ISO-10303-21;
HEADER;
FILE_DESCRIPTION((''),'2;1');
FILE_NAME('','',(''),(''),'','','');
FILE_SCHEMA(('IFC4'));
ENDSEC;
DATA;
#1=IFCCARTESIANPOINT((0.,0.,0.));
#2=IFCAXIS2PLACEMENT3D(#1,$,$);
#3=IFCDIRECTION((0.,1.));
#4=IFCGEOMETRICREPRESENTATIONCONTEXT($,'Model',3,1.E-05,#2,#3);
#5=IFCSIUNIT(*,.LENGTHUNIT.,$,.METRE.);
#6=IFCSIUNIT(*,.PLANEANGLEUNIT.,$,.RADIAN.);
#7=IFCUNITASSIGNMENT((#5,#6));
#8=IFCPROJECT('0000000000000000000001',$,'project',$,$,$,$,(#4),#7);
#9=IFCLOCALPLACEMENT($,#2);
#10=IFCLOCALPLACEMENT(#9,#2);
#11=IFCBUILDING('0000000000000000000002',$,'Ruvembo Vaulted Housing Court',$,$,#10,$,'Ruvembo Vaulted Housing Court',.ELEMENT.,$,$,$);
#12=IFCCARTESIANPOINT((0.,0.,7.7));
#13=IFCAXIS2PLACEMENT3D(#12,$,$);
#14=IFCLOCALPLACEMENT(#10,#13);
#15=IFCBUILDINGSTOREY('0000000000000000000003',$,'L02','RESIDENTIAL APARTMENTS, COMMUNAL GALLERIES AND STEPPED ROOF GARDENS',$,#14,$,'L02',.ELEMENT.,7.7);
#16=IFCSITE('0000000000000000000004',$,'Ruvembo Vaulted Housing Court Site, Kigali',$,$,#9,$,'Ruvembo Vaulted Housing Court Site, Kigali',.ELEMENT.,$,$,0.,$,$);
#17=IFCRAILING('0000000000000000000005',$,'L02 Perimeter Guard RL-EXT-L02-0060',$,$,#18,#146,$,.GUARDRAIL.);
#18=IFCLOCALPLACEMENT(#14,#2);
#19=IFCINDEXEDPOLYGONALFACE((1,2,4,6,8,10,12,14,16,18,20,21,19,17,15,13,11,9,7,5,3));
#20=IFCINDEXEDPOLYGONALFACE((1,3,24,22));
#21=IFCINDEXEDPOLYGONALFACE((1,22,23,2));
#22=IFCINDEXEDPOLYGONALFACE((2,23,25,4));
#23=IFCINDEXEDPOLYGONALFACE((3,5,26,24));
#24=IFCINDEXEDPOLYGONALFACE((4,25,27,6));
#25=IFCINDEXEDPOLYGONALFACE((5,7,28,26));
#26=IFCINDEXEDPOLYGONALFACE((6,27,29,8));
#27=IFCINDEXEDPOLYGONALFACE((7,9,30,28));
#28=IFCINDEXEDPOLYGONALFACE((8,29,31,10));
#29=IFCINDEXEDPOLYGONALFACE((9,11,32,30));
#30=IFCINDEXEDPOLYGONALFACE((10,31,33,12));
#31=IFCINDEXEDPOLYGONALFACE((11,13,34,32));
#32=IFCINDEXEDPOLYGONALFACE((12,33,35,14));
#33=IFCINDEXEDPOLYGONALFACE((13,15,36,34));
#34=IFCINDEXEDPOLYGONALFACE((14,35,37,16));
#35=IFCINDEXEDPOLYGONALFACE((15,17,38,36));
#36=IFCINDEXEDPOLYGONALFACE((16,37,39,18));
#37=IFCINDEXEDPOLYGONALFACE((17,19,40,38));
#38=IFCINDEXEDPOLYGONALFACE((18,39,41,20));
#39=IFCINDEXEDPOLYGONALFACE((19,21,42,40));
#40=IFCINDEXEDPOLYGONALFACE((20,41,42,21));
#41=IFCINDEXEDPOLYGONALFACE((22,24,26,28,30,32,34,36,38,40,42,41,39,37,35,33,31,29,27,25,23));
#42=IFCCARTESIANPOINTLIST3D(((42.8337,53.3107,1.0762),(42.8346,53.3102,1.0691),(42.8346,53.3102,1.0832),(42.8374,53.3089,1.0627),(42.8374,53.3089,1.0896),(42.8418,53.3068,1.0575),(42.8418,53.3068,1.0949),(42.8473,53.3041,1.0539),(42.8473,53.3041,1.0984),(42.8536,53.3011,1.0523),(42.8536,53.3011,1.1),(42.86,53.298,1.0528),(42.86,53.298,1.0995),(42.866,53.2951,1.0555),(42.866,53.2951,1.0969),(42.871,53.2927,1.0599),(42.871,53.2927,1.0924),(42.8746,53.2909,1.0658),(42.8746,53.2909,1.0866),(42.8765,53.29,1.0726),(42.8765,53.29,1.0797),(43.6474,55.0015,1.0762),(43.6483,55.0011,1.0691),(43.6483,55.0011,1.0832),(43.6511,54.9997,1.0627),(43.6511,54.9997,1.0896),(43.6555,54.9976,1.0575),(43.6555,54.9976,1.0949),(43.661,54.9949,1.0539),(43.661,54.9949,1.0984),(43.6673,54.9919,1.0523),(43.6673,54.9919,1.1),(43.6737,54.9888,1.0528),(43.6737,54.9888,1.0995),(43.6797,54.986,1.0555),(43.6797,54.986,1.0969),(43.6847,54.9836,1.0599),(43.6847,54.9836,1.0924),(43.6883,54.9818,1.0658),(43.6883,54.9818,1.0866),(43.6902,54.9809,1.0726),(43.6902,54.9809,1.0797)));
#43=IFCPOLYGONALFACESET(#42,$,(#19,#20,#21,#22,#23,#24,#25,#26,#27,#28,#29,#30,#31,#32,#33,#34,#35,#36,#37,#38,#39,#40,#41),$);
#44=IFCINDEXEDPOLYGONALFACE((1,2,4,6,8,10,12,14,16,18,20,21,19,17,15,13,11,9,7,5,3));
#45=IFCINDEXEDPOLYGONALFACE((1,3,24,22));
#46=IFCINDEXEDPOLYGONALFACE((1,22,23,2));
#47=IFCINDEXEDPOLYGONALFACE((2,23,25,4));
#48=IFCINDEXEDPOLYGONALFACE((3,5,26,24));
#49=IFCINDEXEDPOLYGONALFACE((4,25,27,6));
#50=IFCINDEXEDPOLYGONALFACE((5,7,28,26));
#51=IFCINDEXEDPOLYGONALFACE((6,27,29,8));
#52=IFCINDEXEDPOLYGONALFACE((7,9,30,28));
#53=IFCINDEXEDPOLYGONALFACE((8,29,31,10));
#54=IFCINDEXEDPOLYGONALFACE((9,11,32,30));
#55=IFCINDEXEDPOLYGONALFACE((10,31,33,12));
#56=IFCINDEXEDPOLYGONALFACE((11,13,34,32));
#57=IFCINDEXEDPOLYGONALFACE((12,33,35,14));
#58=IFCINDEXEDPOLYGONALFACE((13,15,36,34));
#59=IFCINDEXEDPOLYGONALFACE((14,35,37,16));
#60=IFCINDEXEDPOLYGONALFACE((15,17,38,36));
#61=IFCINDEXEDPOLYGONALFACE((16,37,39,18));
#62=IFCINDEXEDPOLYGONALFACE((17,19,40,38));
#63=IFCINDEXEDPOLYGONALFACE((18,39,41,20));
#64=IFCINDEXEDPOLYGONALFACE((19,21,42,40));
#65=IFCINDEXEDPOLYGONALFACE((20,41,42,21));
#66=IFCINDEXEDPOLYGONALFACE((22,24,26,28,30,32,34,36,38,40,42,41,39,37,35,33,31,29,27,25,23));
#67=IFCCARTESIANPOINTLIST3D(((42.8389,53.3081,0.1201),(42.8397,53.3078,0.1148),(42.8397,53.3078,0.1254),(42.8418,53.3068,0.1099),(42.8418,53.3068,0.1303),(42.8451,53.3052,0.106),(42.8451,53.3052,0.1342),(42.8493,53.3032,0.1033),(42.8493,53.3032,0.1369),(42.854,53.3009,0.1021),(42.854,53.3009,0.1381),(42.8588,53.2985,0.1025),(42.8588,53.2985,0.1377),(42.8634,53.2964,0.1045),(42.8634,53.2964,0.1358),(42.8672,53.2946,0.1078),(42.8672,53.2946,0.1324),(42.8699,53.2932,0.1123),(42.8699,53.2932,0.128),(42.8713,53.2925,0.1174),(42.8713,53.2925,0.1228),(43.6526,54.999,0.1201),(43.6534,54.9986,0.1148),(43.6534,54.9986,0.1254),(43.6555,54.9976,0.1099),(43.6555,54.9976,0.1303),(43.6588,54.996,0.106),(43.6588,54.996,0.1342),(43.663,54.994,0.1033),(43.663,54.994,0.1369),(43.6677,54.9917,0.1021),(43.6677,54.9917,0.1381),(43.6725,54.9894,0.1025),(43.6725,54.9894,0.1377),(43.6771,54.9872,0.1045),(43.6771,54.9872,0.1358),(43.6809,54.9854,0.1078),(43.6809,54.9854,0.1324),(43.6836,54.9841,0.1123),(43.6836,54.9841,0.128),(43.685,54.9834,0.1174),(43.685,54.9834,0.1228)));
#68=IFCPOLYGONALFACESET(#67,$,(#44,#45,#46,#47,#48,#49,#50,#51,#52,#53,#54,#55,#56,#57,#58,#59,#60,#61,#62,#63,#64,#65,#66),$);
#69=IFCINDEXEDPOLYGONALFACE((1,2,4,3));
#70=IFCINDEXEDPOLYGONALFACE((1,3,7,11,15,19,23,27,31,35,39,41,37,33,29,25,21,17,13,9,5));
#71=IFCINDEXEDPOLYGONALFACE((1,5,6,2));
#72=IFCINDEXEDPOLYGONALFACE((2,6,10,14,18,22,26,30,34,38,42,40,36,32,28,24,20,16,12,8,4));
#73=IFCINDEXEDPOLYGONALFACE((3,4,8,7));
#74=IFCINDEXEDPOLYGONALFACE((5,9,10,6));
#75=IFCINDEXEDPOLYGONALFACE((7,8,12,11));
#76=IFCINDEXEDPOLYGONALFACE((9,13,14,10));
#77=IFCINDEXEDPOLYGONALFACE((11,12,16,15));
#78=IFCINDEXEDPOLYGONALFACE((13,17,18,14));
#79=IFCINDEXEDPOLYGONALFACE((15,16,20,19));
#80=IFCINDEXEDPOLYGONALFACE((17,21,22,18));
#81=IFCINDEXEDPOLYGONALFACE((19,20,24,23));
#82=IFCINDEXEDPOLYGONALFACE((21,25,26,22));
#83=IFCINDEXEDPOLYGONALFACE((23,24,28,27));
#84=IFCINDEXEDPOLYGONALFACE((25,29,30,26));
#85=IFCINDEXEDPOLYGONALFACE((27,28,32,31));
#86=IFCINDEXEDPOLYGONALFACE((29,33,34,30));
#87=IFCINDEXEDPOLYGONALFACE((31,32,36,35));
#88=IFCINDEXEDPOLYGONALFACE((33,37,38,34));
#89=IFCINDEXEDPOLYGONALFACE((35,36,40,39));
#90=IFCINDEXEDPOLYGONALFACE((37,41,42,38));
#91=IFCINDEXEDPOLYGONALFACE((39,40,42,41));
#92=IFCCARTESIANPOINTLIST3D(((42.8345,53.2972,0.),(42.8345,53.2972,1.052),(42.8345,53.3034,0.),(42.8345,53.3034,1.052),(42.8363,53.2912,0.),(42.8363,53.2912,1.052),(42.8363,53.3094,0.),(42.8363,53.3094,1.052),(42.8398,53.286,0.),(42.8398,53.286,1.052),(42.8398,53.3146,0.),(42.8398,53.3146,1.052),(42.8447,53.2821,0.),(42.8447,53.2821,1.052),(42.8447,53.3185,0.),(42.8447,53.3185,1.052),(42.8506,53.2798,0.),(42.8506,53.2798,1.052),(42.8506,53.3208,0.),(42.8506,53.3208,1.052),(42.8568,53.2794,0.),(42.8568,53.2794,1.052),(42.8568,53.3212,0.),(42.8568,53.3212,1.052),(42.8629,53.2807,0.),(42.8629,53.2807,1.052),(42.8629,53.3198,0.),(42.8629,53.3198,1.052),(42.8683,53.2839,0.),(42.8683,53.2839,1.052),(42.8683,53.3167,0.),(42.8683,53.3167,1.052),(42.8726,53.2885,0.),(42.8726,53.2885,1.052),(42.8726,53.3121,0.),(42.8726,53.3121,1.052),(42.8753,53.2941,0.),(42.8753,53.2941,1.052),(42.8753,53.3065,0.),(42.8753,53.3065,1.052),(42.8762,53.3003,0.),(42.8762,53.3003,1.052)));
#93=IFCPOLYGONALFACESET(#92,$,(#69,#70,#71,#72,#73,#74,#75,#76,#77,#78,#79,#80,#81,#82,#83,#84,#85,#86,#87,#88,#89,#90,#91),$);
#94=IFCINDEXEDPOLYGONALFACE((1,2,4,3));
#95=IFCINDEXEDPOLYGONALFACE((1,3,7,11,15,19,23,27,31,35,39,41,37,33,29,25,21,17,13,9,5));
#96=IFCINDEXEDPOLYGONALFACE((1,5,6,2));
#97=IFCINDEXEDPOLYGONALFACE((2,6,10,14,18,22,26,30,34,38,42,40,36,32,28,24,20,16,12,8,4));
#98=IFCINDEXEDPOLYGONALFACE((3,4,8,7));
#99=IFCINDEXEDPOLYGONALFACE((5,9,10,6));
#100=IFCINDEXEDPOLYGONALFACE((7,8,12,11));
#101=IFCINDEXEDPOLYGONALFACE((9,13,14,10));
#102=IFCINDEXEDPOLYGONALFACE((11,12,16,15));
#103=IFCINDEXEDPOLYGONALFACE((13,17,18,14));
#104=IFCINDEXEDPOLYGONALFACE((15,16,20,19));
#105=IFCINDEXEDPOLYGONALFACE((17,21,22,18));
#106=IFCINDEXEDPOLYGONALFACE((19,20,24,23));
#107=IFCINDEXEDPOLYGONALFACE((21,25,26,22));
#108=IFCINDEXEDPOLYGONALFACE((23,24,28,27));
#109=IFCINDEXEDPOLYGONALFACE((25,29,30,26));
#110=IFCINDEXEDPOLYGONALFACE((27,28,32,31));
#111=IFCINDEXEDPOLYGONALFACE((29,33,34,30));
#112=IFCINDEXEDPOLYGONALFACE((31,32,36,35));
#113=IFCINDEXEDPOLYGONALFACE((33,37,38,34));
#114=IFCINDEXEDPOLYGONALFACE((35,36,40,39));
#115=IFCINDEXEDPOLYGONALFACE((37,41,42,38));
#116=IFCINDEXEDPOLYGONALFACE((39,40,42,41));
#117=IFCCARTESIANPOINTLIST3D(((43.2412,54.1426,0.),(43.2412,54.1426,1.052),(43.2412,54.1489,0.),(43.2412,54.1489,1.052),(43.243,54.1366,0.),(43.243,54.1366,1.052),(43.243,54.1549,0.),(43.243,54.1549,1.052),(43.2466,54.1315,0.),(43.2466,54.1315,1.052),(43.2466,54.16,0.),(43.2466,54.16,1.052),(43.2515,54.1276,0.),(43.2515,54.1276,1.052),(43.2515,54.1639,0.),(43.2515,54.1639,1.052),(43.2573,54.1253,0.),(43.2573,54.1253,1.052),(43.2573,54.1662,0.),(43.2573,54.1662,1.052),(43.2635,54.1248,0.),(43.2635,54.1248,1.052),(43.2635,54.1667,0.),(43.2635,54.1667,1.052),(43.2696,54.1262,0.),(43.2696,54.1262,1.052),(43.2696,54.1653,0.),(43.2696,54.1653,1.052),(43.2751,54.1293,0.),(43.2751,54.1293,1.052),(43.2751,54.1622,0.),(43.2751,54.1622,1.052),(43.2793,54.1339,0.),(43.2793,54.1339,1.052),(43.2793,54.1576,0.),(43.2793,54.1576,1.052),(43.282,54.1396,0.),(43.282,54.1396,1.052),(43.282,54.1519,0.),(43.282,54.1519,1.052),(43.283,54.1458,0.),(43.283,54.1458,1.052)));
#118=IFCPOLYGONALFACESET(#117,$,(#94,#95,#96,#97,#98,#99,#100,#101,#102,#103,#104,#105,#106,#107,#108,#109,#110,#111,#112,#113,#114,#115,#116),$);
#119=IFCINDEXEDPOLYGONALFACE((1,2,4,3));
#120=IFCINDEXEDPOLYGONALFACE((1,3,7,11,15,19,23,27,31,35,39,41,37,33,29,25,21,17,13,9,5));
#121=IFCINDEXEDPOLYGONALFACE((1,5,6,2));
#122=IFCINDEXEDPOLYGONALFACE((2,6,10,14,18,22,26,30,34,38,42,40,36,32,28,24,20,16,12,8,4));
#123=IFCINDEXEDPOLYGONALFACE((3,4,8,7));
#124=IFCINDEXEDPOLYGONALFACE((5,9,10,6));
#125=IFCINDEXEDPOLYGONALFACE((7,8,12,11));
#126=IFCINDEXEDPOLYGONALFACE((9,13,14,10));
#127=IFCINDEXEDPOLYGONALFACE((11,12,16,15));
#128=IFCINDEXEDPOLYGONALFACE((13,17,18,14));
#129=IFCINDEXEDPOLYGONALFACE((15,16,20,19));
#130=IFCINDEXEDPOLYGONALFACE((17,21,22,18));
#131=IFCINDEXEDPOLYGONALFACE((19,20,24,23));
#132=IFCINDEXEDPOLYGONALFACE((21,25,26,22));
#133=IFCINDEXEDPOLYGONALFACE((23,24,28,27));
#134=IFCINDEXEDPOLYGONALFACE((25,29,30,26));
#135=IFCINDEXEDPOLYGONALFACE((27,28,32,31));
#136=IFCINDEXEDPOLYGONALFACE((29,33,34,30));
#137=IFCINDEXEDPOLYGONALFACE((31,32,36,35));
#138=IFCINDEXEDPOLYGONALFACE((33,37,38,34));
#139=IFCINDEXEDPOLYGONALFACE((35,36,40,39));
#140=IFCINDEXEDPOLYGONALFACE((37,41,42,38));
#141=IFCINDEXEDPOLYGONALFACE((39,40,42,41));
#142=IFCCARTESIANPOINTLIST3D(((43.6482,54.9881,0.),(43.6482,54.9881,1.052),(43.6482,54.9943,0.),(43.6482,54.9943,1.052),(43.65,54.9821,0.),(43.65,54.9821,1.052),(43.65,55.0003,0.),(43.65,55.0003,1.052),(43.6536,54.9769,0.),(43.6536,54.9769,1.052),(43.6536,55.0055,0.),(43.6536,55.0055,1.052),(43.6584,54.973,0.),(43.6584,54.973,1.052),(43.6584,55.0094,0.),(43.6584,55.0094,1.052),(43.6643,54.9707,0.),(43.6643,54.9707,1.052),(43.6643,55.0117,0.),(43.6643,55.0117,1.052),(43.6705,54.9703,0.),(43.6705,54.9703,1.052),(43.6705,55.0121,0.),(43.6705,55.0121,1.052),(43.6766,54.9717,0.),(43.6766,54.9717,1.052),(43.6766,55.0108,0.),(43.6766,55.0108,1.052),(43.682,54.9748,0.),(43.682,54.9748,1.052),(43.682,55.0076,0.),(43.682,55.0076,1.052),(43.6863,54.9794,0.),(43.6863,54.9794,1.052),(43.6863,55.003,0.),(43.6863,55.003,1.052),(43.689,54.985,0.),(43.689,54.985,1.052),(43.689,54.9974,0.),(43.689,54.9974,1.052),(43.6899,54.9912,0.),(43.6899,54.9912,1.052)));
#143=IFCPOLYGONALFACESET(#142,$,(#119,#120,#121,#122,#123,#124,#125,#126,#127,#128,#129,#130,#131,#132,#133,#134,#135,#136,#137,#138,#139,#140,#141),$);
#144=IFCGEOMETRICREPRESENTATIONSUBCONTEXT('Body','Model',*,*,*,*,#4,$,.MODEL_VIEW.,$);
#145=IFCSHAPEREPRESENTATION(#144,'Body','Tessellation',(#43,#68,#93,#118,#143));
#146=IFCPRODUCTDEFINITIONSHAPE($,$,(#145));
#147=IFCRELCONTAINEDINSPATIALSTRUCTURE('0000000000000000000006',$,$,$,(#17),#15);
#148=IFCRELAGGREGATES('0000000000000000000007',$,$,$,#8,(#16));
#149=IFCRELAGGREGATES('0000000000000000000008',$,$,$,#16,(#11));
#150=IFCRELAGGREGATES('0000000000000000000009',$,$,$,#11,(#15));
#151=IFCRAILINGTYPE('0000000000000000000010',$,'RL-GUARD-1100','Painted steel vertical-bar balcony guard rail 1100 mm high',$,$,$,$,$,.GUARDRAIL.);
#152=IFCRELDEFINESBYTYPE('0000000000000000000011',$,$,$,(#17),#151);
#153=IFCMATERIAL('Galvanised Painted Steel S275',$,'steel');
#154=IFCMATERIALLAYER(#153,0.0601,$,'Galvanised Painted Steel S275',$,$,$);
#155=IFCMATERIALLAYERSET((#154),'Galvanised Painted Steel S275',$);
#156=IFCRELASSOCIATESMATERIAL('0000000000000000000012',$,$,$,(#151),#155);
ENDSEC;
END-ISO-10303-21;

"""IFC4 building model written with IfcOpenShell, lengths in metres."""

from ifc_helpers import new_model, si_unit, direction, frame, origin, origin_2d, place, context, subcontext, project, spatial, circle, extrude, material, layer, layer_set, type_object, element, save


model = new_model("IFC4")

# Units and contexts
model_context = context("Model", 3, precision=1e-05, world=origin(), true_north=direction((0.0, 1.0)))
body_context = subcontext(model_context, "Body", "Model", "MODEL_VIEW")
ifc_project = project(units=[si_unit("LENGTHUNIT", "METRE"), si_unit("PLANEANGLEUNIT", "RADIAN")], contexts=[model_context])

# Site, building, storey
site_placement = place(None, origin())
site = spatial("IfcSite", under=ifc_project, at=site_placement, Name="Ruvembo Vaulted Housing Court Site, Kigali", LongName="Ruvembo Vaulted Housing Court Site, Kigali", CompositionType="ELEMENT", RefElevation=0.0)
building_placement = place(site_placement, origin())
building = spatial("IfcBuilding", under=site, at=building_placement, Name="Ruvembo Vaulted Housing Court", LongName="Ruvembo Vaulted Housing Court", CompositionType="ELEMENT")
storey_placement = place(building_placement, frame((0.0, 0.0, 7.7)))
storey = spatial("IfcBuildingStorey", under=building, at=storey_placement, Name="L02", Description="RESIDENTIAL APARTMENTS, COMMUNAL GALLERIES AND STEPPED ROOF GARDENS", LongName="L02", CompositionType="ELEMENT", Elevation=7.7)

# Railing
ifc_material_1 = material(Name="Galvanised Painted Steel S275", Category="steel")
ifc_layer_1 = layer(ifc_material_1, 0.0601, Name="Galvanised Painted Steel S275")
ifc_layer_set_1 = layer_set([ifc_layer_1], Name="Galvanised Painted Steel S275")
railing_type = type_object("IfcRailingType", Name="RL-GUARD-1100", Description="Painted steel vertical-bar balcony guard rail 1100 mm high", PredefinedType="GUARDRAIL", material=ifc_layer_set_1)
railing_1_placement = place(storey_placement, frame((42.8552, 53.3003, 0.0)))
element("IfcRailing", 1, at=railing_1_placement, inside=storey, type_object=railing_type, Name="L02 Perimeter Guard RL-EXT-L02-0060", PredefinedType="GUARDRAIL", context=body_context, shape_type="SweptSolid", body=[
    extrude(circle(Radius=0.0239, at=origin_2d()), frame((0.0, 0.0, 1.0762), z_axis=(0.433632, 0.90109, 0.0), x_axis=(-0.90109, 0.433632, 0.0)), (0.0, 0.0, 1.0), 1.8765),
    extrude(circle(Radius=0.0181, at=origin_2d()), frame((0.0, 0.0, 0.1201), z_axis=(0.433632, 0.90109, 0.0), x_axis=(-0.90109, 0.433632, 0.0)), (0.0, 0.0, 1.0), 1.8765),
    extrude(circle(Radius=0.021, at=origin_2d()), origin(), (0.0, 0.0, 1.0), 1.052),
    extrude(circle(Radius=0.021, at=origin_2d()), frame((0.4067, 0.8455, 0.0)), (0.0, 0.0, 1.0), 1.052),
    extrude(circle(Radius=0.021, at=origin_2d()), frame((0.8137, 1.6909, 0.0)), (0.0, 0.0, 1.0), 1.052),
])

save(model, "model.ifc")
